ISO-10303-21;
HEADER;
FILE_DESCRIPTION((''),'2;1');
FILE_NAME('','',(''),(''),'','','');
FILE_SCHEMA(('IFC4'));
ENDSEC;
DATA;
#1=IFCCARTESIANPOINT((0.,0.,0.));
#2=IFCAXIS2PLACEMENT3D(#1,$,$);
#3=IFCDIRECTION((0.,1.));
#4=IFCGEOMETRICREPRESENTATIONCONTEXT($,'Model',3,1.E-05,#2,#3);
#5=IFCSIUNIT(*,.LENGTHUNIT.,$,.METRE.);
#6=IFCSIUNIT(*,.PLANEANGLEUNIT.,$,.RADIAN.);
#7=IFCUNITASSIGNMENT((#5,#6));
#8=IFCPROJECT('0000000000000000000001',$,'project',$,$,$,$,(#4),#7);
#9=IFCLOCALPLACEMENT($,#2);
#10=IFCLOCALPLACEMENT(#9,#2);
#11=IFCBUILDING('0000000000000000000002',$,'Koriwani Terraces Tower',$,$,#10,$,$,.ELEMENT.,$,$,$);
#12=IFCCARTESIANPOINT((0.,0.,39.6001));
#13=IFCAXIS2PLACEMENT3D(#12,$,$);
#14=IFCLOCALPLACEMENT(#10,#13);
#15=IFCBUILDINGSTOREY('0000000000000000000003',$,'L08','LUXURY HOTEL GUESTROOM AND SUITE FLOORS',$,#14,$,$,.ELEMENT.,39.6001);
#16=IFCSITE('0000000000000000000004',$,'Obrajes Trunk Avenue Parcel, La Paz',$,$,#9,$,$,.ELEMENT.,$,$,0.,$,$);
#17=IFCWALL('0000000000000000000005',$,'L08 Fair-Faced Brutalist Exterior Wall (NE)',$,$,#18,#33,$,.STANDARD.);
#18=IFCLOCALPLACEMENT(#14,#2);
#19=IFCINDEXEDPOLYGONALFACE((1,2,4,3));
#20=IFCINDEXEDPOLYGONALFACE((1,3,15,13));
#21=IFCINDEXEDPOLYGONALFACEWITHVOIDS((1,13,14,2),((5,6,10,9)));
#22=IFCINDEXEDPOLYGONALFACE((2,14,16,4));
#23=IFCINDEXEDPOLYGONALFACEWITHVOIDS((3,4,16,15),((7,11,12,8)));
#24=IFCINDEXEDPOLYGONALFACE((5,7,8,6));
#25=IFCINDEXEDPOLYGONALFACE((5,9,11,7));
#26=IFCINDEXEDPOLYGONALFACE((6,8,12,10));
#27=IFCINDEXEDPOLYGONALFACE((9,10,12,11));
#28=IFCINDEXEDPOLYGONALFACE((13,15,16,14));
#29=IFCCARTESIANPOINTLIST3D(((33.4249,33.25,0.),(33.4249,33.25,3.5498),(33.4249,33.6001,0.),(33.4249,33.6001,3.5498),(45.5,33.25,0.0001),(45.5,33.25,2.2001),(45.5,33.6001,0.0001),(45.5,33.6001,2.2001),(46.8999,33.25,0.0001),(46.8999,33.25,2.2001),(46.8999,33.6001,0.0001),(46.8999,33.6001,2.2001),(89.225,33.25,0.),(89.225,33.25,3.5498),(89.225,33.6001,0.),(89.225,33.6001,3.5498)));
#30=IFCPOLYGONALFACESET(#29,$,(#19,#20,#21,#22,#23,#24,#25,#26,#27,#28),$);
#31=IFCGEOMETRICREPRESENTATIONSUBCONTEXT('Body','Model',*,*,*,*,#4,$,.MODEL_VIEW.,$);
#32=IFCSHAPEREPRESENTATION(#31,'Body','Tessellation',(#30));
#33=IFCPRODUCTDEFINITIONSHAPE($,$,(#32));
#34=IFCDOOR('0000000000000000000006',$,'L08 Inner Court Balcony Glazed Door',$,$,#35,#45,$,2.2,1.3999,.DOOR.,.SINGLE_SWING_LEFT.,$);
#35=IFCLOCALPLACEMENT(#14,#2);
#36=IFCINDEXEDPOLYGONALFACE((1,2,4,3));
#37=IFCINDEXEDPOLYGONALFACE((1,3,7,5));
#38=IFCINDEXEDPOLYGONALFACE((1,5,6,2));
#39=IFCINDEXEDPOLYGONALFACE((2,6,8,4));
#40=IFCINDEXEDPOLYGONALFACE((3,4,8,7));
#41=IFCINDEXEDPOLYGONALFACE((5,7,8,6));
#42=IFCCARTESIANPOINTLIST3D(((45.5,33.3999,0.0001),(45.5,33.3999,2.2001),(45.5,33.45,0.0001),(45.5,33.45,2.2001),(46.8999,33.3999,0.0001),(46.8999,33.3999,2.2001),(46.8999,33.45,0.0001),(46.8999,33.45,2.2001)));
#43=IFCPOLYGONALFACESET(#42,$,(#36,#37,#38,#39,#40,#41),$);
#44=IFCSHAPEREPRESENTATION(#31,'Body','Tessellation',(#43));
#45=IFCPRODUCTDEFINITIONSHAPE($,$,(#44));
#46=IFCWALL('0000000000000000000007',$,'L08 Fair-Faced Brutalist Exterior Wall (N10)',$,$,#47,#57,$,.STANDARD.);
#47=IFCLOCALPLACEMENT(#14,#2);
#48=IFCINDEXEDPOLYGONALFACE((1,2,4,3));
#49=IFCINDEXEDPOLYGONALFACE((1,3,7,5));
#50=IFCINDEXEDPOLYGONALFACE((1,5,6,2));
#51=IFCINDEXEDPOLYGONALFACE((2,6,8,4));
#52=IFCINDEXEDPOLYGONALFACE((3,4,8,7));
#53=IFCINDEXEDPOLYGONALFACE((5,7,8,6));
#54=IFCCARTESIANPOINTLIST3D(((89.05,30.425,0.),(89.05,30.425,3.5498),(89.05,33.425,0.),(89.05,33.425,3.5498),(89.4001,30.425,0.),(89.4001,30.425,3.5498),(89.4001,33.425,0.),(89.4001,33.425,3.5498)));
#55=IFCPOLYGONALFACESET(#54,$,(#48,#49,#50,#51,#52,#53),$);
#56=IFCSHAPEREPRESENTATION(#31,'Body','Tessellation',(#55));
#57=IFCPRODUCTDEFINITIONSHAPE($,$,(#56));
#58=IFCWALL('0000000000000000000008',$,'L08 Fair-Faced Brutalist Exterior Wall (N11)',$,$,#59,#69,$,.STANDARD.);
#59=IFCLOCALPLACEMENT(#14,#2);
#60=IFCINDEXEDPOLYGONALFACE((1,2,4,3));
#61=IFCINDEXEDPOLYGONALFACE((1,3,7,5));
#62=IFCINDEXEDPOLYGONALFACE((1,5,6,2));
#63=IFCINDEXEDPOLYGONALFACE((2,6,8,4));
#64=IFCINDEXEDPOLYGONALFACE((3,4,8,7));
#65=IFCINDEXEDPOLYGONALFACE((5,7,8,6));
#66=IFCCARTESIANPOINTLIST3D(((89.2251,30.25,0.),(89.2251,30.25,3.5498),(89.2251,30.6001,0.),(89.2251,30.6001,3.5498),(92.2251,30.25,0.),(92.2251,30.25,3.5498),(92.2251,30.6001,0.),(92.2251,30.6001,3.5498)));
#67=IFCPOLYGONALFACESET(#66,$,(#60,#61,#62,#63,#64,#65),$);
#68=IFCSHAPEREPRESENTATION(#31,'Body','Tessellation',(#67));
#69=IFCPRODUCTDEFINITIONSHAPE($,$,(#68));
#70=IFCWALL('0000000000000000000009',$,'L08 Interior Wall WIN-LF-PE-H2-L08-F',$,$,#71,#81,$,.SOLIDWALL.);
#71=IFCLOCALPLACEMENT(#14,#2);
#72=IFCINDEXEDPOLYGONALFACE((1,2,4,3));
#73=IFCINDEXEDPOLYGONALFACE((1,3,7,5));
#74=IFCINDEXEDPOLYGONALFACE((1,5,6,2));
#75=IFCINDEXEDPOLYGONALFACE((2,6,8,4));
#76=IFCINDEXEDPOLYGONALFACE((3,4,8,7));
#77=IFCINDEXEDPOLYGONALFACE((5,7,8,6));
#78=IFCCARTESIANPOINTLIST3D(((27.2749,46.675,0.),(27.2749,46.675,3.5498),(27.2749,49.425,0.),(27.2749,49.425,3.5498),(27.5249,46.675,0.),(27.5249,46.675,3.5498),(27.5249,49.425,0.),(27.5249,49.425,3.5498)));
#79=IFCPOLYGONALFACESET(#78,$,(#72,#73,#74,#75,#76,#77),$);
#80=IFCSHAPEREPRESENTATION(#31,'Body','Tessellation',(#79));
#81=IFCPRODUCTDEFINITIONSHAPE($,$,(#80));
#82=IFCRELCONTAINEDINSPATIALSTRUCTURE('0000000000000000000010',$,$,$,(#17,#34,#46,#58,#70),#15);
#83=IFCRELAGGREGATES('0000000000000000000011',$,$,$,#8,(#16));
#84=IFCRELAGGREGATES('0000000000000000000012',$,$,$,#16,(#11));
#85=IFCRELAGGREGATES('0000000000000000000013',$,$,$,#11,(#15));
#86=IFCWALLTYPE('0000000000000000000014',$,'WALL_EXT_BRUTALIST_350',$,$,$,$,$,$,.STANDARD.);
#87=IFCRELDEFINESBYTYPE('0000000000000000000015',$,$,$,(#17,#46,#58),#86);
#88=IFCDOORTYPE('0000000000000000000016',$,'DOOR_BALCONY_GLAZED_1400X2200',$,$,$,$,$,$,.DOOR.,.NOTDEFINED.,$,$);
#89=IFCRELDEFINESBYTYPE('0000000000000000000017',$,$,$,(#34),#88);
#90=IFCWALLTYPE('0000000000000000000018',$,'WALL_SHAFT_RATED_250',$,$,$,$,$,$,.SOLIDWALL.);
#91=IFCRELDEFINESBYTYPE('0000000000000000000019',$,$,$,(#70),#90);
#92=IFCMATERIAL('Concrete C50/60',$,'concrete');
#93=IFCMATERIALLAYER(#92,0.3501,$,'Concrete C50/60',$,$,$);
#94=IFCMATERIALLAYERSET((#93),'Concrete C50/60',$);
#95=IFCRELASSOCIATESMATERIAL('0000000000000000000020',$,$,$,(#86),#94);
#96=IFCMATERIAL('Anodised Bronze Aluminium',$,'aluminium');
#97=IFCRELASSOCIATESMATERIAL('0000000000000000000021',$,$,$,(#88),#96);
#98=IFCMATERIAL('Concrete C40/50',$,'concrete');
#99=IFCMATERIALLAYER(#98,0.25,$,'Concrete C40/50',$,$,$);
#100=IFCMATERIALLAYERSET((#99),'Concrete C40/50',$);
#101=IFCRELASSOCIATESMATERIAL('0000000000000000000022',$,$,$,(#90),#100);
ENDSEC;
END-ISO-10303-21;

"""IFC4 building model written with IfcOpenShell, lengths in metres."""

from ifc_helpers import new_model, si_unit, direction, frame, frame_2d, origin, place, context, subcontext, project, spatial, rectangle, extrude, material, layer, layer_set, type_object, element, fill, save


model = new_model("IFC4")

# Units and contexts
model_context = context("Model", 3, precision=1e-05, world=origin(), true_north=direction((0.0, 1.0)))
body_context = subcontext(model_context, "Body", "Model", "MODEL_VIEW")
ifc_project = project(units=[si_unit("LENGTHUNIT", "METRE"), si_unit("PLANEANGLEUNIT", "RADIAN")], contexts=[model_context])

# Site, building, storey
site_placement = place(None, origin())
site = spatial("IfcSite", under=ifc_project, at=site_placement, Name="Obrajes Trunk Avenue Parcel, La Paz", CompositionType="ELEMENT", RefElevation=0.0)
building_placement = place(site_placement, origin())
building = spatial("IfcBuilding", under=site, at=building_placement, Name="Koriwani Terraces Tower", CompositionType="ELEMENT")
storey_placement = place(building_placement, frame((0.0, 0.0, 39.6001)))
storey = spatial("IfcBuildingStorey", under=building, at=storey_placement, Name="L08", Description="LUXURY HOTEL GUESTROOM AND SUITE FLOORS", CompositionType="ELEMENT", Elevation=39.6001)

# Shared definitions
ifc_material_1 = material(Name="Concrete C40/50", Category="concrete")

# Shared definitions
ifc_material_2 = material(Name="Anodised Bronze Aluminium", Category="aluminium")

# Shared definitions
ifc_material_3 = material(Name="Concrete C50/60", Category="concrete")
ifc_layer_1 = layer(ifc_material_3, 0.3501, Name="Concrete C50/60")
ifc_layer_set_1 = layer_set([ifc_layer_1], Name="Concrete C50/60")
wall_type_1 = type_object("IfcWallType", Name="WALL_EXT_BRUTALIST_350", PredefinedType="STANDARD", material=ifc_layer_set_1)

# Wall, opening, door
wall_1_placement = place(storey_placement, frame((33.425, 33.425, 0.0), z_axis=(0.0, 0.0, 1.0), x_axis=(1.0, 0.0, 0.0)))
wall_1 = element("IfcWall", 1, at=wall_1_placement, inside=storey, type_object=wall_type_1, Name="L08 Fair-Faced Brutalist Exterior Wall (NE)", PredefinedType="STANDARD", context=body_context, shape_type="SweptSolid", body=[
    extrude(rectangle(XDim=55.8, YDim=0.3501, at=frame_2d((27.8999, 0.0))), origin(), (0.0, 0.0, 1.0), 3.5498),
])
opening_1_placement = place(wall_1_placement, frame((12.075, 0.0, 0.0)))
opening_1 = element("IfcOpeningElement", 2, at=opening_1_placement, cuts=wall_1, PredefinedType="OPENING", context=body_context, shape_type="SweptSolid", body=[
    extrude(rectangle(XDim=1.3999, YDim=2.2, at=frame_2d((0.7, 1.1001))), frame((0.0, 0.1851, 0.0), z_axis=(0.0, -1.0, 0.0), x_axis=(1.0, 0.0, 0.0)), (0.0, 0.0, 1.0), 0.3701),
])
door_type = type_object("IfcDoorType", Name="DOOR_BALCONY_GLAZED_1400X2200", OperationType="NOTDEFINED", PredefinedType="DOOR", material=ifc_material_2)
door_placement = place(opening_1_placement, origin())
door = element("IfcDoor", 3, at=door_placement, inside=storey, type_object=door_type, Name="L08 Inner Court Balcony Glazed Door", OperationType="SINGLE_SWING_LEFT", OverallHeight=2.2, OverallWidth=1.3999, PredefinedType="DOOR", context=body_context, shape_type="SweptSolid", body=[
    extrude(rectangle(XDim=1.3999, YDim=2.2, at=frame_2d((0.7, 1.1001))), frame((0.0, 0.0249, 0.0), z_axis=(0.0, -1.0, 0.0), x_axis=(1.0, 0.0, 0.0)), (0.0, 0.0, 1.0), 0.05),
])
fill(opening_1, door)

# Walls
for number, where, z_axis, x_axis, name in (
    (4, (89.2251, 33.425, 0.0), (0.0, 0.0, 1.0), (0.0, -1.0, 0.0), "L08 Fair-Faced Brutalist Exterior Wall (N10)"),
    (5, (89.2251, 30.425, 0.0), (0.0, 0.0, 1.0), (1.0, 0.0, 0.0), "L08 Fair-Faced Brutalist Exterior Wall (N11)"),
):
    element("IfcWall", number, at=place(storey_placement, frame(where, z_axis=z_axis, x_axis=x_axis)), inside=storey, type_object=wall_type_1, Name=name, PredefinedType="STANDARD", context=body_context, shape_type="SweptSolid", body=[
        extrude(rectangle(XDim=3.0, YDim=0.3501, at=frame_2d((1.5, 0.0))), origin(), (0.0, 0.0, 1.0), 3.5498),
    ])
ifc_layer_2 = layer(ifc_material_1, 0.25, Name="Concrete C40/50")
ifc_layer_set_2 = layer_set([ifc_layer_2], Name="Concrete C40/50")
wall_type_2 = type_object("IfcWallType", Name="WALL_SHAFT_RATED_250", PredefinedType="SOLIDWALL", material=ifc_layer_set_2)
wall_2_placement = place(storey_placement, frame((27.3999, 46.675, 0.0), z_axis=(0.0, 0.0, 1.0), x_axis=(0.0, 1.0, 0.0)))
element("IfcWall", 6, at=wall_2_placement, inside=storey, type_object=wall_type_2, Name="L08 Interior Wall WIN-LF-PE-H2-L08-F", PredefinedType="SOLIDWALL", context=body_context, shape_type="SweptSolid", body=[
    extrude(rectangle(XDim=2.75, YDim=0.25, at=frame_2d((1.375, 0.0))), origin(), (0.0, 0.0, 1.0), 3.5498),
])

save(model, "model.ifc")
